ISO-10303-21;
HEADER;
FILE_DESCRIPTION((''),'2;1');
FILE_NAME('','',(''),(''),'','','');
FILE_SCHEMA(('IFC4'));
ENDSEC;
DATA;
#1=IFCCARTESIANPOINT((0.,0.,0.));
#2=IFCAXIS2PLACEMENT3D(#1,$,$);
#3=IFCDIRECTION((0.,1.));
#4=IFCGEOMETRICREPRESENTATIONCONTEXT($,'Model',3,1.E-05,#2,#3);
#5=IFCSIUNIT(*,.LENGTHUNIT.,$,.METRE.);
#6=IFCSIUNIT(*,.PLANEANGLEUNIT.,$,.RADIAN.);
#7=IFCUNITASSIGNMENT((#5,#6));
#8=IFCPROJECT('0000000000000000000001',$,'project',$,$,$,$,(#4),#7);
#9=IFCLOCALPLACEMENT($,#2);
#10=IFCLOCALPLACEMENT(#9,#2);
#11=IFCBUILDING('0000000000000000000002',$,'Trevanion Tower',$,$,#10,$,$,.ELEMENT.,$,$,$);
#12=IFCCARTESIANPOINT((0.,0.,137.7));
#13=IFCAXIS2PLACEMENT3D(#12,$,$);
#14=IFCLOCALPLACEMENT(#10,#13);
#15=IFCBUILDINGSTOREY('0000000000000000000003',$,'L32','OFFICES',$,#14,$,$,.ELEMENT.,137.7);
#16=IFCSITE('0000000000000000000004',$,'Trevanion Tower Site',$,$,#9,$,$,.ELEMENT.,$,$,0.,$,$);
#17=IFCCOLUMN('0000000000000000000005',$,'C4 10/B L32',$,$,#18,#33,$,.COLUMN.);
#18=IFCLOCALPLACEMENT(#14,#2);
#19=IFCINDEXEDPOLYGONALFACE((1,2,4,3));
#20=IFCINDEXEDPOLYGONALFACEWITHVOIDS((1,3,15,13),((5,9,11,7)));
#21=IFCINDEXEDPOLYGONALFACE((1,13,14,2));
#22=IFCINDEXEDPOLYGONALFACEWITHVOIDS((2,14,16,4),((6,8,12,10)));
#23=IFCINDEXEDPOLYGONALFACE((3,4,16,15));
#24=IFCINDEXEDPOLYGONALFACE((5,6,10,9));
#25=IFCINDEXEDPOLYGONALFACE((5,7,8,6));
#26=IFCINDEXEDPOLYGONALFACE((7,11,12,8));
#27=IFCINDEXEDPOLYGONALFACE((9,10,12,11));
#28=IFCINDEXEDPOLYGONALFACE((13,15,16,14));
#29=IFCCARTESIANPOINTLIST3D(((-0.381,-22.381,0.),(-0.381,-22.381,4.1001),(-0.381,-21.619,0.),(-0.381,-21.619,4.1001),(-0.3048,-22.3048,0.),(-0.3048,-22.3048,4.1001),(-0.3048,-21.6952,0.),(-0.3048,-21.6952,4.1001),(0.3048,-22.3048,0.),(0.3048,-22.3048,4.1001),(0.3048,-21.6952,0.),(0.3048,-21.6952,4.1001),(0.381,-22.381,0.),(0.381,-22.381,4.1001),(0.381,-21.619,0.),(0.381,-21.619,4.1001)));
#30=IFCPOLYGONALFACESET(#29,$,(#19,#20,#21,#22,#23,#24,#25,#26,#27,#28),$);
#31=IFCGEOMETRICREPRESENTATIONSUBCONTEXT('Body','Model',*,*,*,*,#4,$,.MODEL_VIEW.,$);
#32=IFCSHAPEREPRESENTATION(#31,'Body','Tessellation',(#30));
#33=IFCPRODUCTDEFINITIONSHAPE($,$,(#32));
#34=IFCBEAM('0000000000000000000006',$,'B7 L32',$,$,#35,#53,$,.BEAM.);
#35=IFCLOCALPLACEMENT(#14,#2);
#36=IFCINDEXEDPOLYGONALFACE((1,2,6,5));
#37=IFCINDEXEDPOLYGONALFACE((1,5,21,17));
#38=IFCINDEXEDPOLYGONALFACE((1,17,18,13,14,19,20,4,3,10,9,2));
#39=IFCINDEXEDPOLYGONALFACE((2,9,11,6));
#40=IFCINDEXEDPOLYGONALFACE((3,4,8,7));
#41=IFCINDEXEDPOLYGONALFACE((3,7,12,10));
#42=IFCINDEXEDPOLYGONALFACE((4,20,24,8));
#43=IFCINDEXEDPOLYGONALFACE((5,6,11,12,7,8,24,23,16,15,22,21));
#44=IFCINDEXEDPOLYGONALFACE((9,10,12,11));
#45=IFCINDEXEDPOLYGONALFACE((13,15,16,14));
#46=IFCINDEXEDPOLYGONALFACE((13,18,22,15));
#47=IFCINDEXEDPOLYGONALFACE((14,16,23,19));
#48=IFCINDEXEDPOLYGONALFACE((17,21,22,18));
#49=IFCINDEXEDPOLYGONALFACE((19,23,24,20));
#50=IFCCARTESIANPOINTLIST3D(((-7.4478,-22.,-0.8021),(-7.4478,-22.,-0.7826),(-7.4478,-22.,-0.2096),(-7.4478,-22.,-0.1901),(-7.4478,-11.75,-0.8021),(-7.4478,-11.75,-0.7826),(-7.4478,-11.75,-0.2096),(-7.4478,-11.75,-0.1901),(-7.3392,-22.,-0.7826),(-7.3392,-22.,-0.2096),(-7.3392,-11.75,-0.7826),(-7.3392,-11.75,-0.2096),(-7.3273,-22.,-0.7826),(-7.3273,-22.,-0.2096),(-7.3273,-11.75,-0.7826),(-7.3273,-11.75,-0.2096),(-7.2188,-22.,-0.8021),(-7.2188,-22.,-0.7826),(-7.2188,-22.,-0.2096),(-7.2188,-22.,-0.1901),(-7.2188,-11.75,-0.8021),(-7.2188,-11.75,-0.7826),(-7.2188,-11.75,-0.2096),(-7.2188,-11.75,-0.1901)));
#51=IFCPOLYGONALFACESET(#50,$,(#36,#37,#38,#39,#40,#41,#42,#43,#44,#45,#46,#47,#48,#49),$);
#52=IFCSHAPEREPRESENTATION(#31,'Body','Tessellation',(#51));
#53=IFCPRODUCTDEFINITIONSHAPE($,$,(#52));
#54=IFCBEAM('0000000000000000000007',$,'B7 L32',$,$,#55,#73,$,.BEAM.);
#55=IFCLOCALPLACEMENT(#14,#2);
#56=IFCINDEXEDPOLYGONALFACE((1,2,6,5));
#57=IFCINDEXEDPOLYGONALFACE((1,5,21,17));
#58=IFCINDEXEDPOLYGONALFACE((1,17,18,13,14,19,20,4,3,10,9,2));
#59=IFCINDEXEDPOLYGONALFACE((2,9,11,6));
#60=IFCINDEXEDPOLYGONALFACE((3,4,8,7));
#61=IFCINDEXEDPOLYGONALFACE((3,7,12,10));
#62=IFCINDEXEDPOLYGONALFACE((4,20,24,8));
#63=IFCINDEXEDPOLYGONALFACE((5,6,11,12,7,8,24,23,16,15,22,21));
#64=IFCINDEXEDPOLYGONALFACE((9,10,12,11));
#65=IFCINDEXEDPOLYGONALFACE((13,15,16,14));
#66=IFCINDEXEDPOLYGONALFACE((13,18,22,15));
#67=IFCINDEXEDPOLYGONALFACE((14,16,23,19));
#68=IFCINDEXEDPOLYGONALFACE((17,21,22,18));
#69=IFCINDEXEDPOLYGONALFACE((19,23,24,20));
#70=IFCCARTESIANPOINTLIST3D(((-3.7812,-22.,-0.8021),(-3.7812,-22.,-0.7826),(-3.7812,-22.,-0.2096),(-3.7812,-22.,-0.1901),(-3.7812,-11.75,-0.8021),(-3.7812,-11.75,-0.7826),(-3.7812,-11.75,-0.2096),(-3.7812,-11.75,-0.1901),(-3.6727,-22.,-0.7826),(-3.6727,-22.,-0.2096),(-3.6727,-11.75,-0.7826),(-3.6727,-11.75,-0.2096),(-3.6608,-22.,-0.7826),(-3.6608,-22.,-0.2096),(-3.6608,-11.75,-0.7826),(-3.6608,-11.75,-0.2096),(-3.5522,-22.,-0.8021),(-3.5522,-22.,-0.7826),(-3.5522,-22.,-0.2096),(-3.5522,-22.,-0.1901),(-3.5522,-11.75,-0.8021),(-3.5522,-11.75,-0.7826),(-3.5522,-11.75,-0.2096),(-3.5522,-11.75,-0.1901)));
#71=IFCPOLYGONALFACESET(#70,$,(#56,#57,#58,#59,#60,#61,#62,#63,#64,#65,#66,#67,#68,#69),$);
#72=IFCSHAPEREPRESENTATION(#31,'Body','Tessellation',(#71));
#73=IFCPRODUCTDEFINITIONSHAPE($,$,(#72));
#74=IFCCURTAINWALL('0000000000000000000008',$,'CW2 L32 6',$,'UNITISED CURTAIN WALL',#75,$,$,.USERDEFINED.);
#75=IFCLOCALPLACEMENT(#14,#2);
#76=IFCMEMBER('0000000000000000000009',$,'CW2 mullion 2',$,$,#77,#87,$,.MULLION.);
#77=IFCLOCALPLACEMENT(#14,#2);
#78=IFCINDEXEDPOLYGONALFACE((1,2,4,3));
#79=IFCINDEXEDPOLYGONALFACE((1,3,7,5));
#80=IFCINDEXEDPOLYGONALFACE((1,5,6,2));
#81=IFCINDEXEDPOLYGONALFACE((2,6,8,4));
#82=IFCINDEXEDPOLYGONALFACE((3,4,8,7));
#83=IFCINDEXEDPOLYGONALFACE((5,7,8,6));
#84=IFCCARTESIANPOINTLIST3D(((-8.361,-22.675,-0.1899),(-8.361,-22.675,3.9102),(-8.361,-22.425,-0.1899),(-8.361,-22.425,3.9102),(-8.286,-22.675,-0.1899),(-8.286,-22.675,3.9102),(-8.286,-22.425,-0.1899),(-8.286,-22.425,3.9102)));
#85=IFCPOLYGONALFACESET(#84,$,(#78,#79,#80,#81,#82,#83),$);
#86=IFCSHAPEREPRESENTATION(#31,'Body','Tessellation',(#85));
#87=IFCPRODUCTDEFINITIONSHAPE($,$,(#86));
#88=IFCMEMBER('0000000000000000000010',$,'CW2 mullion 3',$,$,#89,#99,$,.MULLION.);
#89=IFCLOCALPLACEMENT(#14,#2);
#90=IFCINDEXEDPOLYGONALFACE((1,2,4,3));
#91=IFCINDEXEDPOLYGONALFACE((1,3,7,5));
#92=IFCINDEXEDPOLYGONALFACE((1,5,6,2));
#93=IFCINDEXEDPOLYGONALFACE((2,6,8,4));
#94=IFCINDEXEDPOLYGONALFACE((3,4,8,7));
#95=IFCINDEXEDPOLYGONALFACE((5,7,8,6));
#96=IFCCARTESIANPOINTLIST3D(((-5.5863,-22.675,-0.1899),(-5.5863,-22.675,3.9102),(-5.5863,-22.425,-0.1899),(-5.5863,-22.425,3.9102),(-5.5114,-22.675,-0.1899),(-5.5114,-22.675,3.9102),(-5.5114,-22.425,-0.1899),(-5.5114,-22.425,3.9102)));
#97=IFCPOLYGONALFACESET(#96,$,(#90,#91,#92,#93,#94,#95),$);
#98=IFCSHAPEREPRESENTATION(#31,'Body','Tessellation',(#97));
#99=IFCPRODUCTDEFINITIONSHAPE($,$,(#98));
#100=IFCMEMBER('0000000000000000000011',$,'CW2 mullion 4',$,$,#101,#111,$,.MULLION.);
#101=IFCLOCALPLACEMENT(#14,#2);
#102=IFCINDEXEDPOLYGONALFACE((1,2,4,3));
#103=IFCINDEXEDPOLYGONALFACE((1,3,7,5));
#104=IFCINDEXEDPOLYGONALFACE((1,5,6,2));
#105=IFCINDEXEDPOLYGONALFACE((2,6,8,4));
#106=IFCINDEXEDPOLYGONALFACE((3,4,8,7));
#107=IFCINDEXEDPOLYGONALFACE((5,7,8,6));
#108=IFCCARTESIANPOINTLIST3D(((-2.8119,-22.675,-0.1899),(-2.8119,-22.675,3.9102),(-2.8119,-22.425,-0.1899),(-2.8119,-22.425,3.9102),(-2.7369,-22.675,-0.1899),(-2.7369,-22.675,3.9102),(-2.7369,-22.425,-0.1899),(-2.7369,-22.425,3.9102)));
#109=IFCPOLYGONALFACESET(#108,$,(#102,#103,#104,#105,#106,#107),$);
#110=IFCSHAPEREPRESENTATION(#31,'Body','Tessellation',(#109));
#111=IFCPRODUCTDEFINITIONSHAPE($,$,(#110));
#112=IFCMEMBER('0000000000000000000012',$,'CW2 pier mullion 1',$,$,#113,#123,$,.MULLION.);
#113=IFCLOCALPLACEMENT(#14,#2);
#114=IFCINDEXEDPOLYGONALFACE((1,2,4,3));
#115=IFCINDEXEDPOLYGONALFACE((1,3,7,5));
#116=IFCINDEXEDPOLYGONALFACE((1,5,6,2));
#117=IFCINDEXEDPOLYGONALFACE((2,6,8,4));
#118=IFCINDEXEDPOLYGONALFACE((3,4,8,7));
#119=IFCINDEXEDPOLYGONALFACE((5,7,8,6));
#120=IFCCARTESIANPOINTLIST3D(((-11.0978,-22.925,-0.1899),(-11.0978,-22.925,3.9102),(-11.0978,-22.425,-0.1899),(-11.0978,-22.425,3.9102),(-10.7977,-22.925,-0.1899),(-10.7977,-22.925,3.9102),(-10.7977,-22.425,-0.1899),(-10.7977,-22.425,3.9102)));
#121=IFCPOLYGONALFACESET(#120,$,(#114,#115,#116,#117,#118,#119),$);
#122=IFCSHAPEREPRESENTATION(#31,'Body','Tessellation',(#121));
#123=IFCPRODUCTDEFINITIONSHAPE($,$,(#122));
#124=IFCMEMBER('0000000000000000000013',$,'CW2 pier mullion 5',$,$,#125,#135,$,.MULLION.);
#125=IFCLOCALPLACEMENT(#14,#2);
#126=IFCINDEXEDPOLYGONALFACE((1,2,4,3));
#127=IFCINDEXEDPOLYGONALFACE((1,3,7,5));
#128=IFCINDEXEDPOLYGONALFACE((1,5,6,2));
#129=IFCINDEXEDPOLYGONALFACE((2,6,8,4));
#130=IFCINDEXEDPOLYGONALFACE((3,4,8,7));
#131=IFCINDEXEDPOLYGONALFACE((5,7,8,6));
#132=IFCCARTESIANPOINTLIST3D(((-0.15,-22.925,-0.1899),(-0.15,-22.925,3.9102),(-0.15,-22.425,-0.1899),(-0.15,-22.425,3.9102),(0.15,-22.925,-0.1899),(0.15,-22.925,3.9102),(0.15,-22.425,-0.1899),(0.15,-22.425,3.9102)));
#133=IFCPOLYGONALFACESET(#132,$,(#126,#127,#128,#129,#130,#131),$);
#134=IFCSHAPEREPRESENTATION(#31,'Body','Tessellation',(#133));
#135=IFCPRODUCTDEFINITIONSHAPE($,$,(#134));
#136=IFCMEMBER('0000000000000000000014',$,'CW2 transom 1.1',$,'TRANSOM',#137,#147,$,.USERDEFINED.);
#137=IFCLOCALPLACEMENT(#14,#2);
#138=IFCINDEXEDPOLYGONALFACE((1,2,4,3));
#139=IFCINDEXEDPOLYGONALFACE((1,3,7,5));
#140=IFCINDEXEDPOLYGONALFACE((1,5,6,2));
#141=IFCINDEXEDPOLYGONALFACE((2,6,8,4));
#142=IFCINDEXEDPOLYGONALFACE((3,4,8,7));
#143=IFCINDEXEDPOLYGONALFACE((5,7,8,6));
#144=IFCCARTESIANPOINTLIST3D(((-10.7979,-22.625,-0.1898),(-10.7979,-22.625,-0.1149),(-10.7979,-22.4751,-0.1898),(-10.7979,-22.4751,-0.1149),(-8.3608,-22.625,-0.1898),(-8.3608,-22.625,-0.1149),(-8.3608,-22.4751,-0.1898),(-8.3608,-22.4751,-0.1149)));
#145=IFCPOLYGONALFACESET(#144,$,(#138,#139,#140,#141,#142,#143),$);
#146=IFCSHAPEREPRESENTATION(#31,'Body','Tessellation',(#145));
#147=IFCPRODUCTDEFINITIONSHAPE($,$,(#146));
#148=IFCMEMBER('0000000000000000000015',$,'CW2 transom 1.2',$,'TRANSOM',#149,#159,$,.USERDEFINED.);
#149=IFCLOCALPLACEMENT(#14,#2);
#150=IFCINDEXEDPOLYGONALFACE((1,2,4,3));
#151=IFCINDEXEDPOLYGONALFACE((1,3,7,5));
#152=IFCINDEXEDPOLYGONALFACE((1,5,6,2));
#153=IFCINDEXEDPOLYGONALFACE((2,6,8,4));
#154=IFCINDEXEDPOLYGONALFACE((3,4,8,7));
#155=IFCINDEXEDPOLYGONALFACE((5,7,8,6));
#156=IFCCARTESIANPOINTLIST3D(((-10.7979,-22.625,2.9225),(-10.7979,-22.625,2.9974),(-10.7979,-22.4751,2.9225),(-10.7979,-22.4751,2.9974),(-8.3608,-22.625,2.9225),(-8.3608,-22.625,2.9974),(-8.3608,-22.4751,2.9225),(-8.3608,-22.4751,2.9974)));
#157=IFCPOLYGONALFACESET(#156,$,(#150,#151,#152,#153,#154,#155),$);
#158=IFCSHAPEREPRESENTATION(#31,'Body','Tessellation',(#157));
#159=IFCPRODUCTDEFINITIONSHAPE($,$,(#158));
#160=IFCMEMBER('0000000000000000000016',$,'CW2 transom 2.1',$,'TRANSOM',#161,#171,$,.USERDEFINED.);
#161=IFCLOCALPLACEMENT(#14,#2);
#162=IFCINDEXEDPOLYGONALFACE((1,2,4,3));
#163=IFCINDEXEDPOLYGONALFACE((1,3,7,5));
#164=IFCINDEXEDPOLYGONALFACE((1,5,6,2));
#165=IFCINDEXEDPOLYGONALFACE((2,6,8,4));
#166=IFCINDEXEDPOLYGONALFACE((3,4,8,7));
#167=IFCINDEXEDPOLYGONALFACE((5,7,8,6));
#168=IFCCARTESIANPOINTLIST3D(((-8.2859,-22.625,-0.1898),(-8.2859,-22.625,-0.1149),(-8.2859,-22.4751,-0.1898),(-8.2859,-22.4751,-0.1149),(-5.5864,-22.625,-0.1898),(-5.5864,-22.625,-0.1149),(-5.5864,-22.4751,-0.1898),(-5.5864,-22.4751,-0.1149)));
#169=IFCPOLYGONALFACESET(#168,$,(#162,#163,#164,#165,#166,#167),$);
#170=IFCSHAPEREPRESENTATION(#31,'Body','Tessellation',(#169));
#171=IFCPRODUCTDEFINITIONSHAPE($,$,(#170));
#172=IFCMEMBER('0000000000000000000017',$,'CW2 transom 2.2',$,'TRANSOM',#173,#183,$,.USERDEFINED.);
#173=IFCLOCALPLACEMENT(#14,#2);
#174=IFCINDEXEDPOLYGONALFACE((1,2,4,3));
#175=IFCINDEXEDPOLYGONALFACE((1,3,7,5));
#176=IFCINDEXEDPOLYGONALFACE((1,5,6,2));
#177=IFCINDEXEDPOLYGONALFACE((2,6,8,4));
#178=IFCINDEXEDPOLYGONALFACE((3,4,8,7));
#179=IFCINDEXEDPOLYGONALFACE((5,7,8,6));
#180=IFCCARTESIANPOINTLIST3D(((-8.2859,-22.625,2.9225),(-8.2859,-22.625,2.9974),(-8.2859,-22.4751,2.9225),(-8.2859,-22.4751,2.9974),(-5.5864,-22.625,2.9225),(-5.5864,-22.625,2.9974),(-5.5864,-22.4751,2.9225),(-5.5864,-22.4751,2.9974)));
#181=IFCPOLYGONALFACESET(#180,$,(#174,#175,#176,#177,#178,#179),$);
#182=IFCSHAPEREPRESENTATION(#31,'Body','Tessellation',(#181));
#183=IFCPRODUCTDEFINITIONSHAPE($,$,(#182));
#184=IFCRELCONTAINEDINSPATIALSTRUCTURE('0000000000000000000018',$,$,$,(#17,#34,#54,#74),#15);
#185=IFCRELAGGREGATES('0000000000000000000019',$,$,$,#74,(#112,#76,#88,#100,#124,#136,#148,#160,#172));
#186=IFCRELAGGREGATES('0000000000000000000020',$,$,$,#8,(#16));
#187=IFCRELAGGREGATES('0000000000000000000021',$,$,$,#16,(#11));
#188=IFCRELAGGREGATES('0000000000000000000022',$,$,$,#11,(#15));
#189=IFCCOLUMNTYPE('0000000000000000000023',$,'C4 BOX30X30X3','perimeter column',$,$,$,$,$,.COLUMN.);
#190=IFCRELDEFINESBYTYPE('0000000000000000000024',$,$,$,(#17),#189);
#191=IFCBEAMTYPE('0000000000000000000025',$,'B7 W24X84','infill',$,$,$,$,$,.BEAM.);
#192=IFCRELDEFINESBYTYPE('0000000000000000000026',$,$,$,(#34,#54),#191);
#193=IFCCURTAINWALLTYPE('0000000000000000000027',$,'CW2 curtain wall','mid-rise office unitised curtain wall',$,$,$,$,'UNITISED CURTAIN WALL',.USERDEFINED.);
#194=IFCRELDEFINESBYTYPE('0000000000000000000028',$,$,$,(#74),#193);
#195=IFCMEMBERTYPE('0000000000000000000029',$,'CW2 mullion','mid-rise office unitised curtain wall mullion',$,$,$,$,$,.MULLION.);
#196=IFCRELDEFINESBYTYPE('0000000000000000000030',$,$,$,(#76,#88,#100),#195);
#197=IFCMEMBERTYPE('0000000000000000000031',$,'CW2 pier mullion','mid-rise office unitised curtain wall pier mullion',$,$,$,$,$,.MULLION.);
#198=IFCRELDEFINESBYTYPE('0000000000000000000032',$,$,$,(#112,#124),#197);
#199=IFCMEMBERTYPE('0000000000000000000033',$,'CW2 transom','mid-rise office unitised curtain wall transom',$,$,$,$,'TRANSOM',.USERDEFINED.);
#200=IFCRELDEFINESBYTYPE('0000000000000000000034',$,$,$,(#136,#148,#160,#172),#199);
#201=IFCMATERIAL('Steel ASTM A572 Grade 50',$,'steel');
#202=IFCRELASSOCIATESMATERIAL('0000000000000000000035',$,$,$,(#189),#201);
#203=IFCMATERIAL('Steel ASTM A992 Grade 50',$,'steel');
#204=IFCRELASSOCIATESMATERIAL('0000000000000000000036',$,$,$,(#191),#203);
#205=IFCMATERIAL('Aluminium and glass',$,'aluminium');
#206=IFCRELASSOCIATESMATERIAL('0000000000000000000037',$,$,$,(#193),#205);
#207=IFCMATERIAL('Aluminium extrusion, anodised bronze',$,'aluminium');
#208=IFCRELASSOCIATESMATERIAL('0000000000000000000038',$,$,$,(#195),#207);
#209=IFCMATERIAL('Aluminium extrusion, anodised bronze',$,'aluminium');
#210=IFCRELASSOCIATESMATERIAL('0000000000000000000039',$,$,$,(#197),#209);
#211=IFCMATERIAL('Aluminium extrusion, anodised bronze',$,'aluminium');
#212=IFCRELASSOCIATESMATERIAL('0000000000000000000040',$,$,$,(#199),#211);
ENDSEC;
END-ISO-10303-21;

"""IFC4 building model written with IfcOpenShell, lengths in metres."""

from ifc_helpers import new_model, si_unit, direction, frame, origin, origin_2d, place, context, subcontext, project, spatial, rectangle, hollow_rectangle, i_section, extrude, material, material_profile, profile_set, type_object, element, aggregate, save


model = new_model("IFC4")

# Units and contexts
model_context = context("Model", 3, precision=1e-05, world=origin(), true_north=direction((0.0, 1.0)))
body_context = subcontext(model_context, "Body", "Model", "MODEL_VIEW")
ifc_project = project(units=[si_unit("LENGTHUNIT", "METRE"), si_unit("PLANEANGLEUNIT", "RADIAN")], contexts=[model_context])

# Site, building, storey
site_placement = place(None, origin())
site = spatial("IfcSite", under=ifc_project, at=site_placement, Name="Trevanion Tower Site", CompositionType="ELEMENT", RefElevation=0.0)
building_placement = place(site_placement, origin())
building = spatial("IfcBuilding", under=site, at=building_placement, Name="Trevanion Tower", CompositionType="ELEMENT")
storey_placement = place(building_placement, frame((0.0, 0.0, 137.7)))
storey = spatial("IfcBuildingStorey", under=building, at=storey_placement, Name="L32", Description="OFFICES", CompositionType="ELEMENT", Elevation=137.7)

# Column
ifc_material_1 = material(Name="Steel ASTM A572 Grade 50", Category="steel")
ifc_material_profile_1 = material_profile(ifc_material_1, hollow_rectangle(XDim=0.762, YDim=0.762, WallThickness=0.0762, at=origin_2d()), Name="BOX30X30X3")
ifc_profile_set_1 = profile_set([ifc_material_profile_1], Name="Steel ASTM A572 Grade 50")
column_type = type_object("IfcColumnType", Name="C4 BOX30X30X3", Description="perimeter column", PredefinedType="COLUMN", material=ifc_profile_set_1)
column_placement = place(storey_placement, frame((0.0, -22.0, 0.0), z_axis=(0.0, 0.0, 1.0), x_axis=(1.0, 0.0, 0.0)))
element("IfcColumn", 1, at=column_placement, inside=storey, type_object=column_type, Name="C4 10/B L32", PredefinedType="COLUMN", context=body_context, shape_type="SweptSolid", body=[
    extrude(hollow_rectangle(XDim=0.762, YDim=0.762, WallThickness=0.0762, at=origin_2d()), origin(), (0.0, 0.0, 1.0), 4.1001),
])

# Beams
ifc_material_2 = material(Name="Steel ASTM A992 Grade 50", Category="steel")
ifc_material_profile_2 = material_profile(ifc_material_2, i_section(OverallWidth=0.229, OverallDepth=0.6121, WebThickness=0.012, FlangeThickness=0.0195, at=origin_2d()), Name="W24X84")
ifc_profile_set_2 = profile_set([ifc_material_profile_2], Name="Steel ASTM A992 Grade 50")
beam_type_1 = type_object("IfcBeamType", Name="B7 W24X84", Description="infill", PredefinedType="BEAM", material=ifc_profile_set_2)
for number, where, z_axis, x_axis, name in (
    (2, (-7.3333, -11.75, -0.4961), (0.0, -1.0, 0.0), (1.0, 0.0, 0.0), "B7 L32"),
    (3, (-3.6667, -11.75, -0.4961), (0.0, -1.0, 0.0), (1.0, 0.0, 0.0), "B7 L32"),
):
    element("IfcBeam", number, at=place(storey_placement, frame(where, z_axis=z_axis, x_axis=x_axis)), inside=storey, type_object=beam_type_1, Name=name, PredefinedType="BEAM", context=body_context, shape_type="SweptSolid", body=[
        extrude(i_section(OverallWidth=0.229, OverallDepth=0.6121, WebThickness=0.012, FlangeThickness=0.0195, at=origin_2d()), origin(), (0.0, 0.0, 1.0), 10.25),
    ])

# Curtain wall, members
ifc_material_3 = material(Name="Aluminium and glass", Category="aluminium")
curtain_wall_type = type_object("IfcCurtainWallType", Name="CW2 curtain wall", Description="mid-rise office unitised curtain wall", ElementType="UNITISED CURTAIN WALL", PredefinedType="USERDEFINED", material=ifc_material_3)
curtain_wall_placement = place(storey_placement, origin())
curtain_wall = element("IfcCurtainWall", 4, at=curtain_wall_placement, inside=storey, type_object=curtain_wall_type, Name="CW2 L32 6", ObjectType="UNITISED CURTAIN WALL", PredefinedType="USERDEFINED")
ifc_material_4 = material(Name="Aluminium extrusion, anodised bronze", Category="aluminium")
ifc_material_profile_3 = material_profile(ifc_material_4, rectangle(XDim=0.075, YDim=0.25, at=origin_2d()), Name="CW2 mullion")
ifc_profile_set_3 = profile_set([ifc_material_profile_3], Name="Aluminium extrusion, anodised bronze")
member_type_1 = type_object("IfcMemberType", Name="CW2 mullion", Description="mid-rise office unitised curtain wall mullion", PredefinedType="MULLION", material=ifc_profile_set_3)
member_1_placement = place(storey_placement, frame((-8.3235, -22.55, -0.1899), z_axis=(0.0, 0.0, 1.0), x_axis=(1.0, 0.0, 0.0)))
member_1 = element("IfcMember", 5, at=member_1_placement, type_object=member_type_1, Name="CW2 mullion 2", PredefinedType="MULLION", context=body_context, shape_type="SweptSolid", body=[
    extrude(rectangle(XDim=0.075, YDim=0.25, at=origin_2d()), origin(), (0.0, 0.0, 1.0), 4.1001),
])
member_2_placement = place(storey_placement, frame((-5.5488, -22.55, -0.1899), z_axis=(0.0, 0.0, 1.0), x_axis=(1.0, 0.0, 0.0)))
member_2 = element("IfcMember", 6, at=member_2_placement, type_object=member_type_1, Name="CW2 mullion 3", PredefinedType="MULLION", context=body_context, shape_type="SweptSolid", body=[
    extrude(rectangle(XDim=0.075, YDim=0.25, at=origin_2d()), origin(), (0.0, 0.0, 1.0), 4.1001),
])
member_3_placement = place(storey_placement, frame((-2.7744, -22.55, -0.1899), z_axis=(0.0, 0.0, 1.0), x_axis=(1.0, 0.0, 0.0)))
member_3 = element("IfcMember", 7, at=member_3_placement, type_object=member_type_1, Name="CW2 mullion 4", PredefinedType="MULLION", context=body_context, shape_type="SweptSolid", body=[
    extrude(rectangle(XDim=0.075, YDim=0.25, at=origin_2d()), origin(), (0.0, 0.0, 1.0), 4.1001),
])
ifc_material_5 = material(Name="Aluminium extrusion, anodised bronze", Category="aluminium")
ifc_material_profile_4 = material_profile(ifc_material_5, rectangle(XDim=0.3, YDim=0.5, at=origin_2d()), Name="CW2 pier mullion")
ifc_profile_set_4 = profile_set([ifc_material_profile_4], Name="Aluminium extrusion, anodised bronze")
member_type_2 = type_object("IfcMemberType", Name="CW2 pier mullion", Description="mid-rise office unitised curtain wall pier mullion", PredefinedType="MULLION", material=ifc_profile_set_4)
member_4_placement = place(storey_placement, frame((-10.9478, -22.675, -0.1899), z_axis=(0.0, 0.0, 1.0), x_axis=(1.0, 0.0, 0.0)))
member_4 = element("IfcMember", 8, at=member_4_placement, type_object=member_type_2, Name="CW2 pier mullion 1", PredefinedType="MULLION", context=body_context, shape_type="SweptSolid", body=[
    extrude(rectangle(XDim=0.3, YDim=0.5, at=origin_2d()), origin(), (0.0, 0.0, 1.0), 4.1001),
])
member_5_placement = place(storey_placement, frame((0.0, -22.675, -0.1899), z_axis=(0.0, 0.0, 1.0), x_axis=(1.0, 0.0, 0.0)))
member_5 = element("IfcMember", 9, at=member_5_placement, type_object=member_type_2, Name="CW2 pier mullion 5", PredefinedType="MULLION", context=body_context, shape_type="SweptSolid", body=[
    extrude(rectangle(XDim=0.3, YDim=0.5, at=origin_2d()), origin(), (0.0, 0.0, 1.0), 4.1001),
])
ifc_material_6 = material(Name="Aluminium extrusion, anodised bronze", Category="aluminium")
ifc_material_profile_5 = material_profile(ifc_material_6, rectangle(XDim=0.1499, YDim=0.075, at=origin_2d()), Name="CW2 transom")
ifc_profile_set_5 = profile_set([ifc_material_profile_5], Name="Aluminium extrusion, anodised bronze")
member_type_3 = type_object("IfcMemberType", Name="CW2 transom", Description="mid-rise office unitised curtain wall transom", ElementType="TRANSOM", PredefinedType="USERDEFINED", material=ifc_profile_set_5)
member_6_placement = place(storey_placement, frame((-10.7979, -22.55, -0.1523), z_axis=(1.0, 0.0, 0.0), x_axis=(0.0, 1.0, 0.0)))
member_6 = element("IfcMember", 10, at=member_6_placement, type_object=member_type_3, Name="CW2 transom 1.1", ObjectType="TRANSOM", PredefinedType="USERDEFINED", context=body_context, shape_type="SweptSolid", body=[
    extrude(rectangle(XDim=0.1499, YDim=0.075, at=origin_2d()), origin(), (0.0, 0.0, 1.0), 2.437),
])
member_7_placement = place(storey_placement, frame((-10.7979, -22.55, 2.96), z_axis=(1.0, 0.0, 0.0), x_axis=(0.0, 1.0, 0.0)))
member_7 = element("IfcMember", 11, at=member_7_placement, type_object=member_type_3, Name="CW2 transom 1.2", ObjectType="TRANSOM", PredefinedType="USERDEFINED", context=body_context, shape_type="SweptSolid", body=[
    extrude(rectangle(XDim=0.1499, YDim=0.075, at=origin_2d()), origin(), (0.0, 0.0, 1.0), 2.437),
])
member_8_placement = place(storey_placement, frame((-8.2859, -22.55, -0.1523), z_axis=(1.0, 0.0, 0.0), x_axis=(0.0, 1.0, 0.0)))
member_8 = element("IfcMember", 12, at=member_8_placement, type_object=member_type_3, Name="CW2 transom 2.1", ObjectType="TRANSOM", PredefinedType="USERDEFINED", context=body_context, shape_type="SweptSolid", body=[
    extrude(rectangle(XDim=0.1499, YDim=0.075, at=origin_2d()), origin(), (0.0, 0.0, 1.0), 2.6995),
])
member_9_placement = place(storey_placement, frame((-8.2859, -22.55, 2.96), z_axis=(1.0, 0.0, 0.0), x_axis=(0.0, 1.0, 0.0)))
member_9 = element("IfcMember", 13, at=member_9_placement, type_object=member_type_3, Name="CW2 transom 2.2", ObjectType="TRANSOM", PredefinedType="USERDEFINED", context=body_context, shape_type="SweptSolid", body=[
    extrude(rectangle(XDim=0.1499, YDim=0.075, at=origin_2d()), origin(), (0.0, 0.0, 1.0), 2.6995),
])

aggregate(curtain_wall, [member_4, member_1, member_2, member_3, member_5, member_6, member_7, member_8, member_9])

save(model, "model.ifc")
